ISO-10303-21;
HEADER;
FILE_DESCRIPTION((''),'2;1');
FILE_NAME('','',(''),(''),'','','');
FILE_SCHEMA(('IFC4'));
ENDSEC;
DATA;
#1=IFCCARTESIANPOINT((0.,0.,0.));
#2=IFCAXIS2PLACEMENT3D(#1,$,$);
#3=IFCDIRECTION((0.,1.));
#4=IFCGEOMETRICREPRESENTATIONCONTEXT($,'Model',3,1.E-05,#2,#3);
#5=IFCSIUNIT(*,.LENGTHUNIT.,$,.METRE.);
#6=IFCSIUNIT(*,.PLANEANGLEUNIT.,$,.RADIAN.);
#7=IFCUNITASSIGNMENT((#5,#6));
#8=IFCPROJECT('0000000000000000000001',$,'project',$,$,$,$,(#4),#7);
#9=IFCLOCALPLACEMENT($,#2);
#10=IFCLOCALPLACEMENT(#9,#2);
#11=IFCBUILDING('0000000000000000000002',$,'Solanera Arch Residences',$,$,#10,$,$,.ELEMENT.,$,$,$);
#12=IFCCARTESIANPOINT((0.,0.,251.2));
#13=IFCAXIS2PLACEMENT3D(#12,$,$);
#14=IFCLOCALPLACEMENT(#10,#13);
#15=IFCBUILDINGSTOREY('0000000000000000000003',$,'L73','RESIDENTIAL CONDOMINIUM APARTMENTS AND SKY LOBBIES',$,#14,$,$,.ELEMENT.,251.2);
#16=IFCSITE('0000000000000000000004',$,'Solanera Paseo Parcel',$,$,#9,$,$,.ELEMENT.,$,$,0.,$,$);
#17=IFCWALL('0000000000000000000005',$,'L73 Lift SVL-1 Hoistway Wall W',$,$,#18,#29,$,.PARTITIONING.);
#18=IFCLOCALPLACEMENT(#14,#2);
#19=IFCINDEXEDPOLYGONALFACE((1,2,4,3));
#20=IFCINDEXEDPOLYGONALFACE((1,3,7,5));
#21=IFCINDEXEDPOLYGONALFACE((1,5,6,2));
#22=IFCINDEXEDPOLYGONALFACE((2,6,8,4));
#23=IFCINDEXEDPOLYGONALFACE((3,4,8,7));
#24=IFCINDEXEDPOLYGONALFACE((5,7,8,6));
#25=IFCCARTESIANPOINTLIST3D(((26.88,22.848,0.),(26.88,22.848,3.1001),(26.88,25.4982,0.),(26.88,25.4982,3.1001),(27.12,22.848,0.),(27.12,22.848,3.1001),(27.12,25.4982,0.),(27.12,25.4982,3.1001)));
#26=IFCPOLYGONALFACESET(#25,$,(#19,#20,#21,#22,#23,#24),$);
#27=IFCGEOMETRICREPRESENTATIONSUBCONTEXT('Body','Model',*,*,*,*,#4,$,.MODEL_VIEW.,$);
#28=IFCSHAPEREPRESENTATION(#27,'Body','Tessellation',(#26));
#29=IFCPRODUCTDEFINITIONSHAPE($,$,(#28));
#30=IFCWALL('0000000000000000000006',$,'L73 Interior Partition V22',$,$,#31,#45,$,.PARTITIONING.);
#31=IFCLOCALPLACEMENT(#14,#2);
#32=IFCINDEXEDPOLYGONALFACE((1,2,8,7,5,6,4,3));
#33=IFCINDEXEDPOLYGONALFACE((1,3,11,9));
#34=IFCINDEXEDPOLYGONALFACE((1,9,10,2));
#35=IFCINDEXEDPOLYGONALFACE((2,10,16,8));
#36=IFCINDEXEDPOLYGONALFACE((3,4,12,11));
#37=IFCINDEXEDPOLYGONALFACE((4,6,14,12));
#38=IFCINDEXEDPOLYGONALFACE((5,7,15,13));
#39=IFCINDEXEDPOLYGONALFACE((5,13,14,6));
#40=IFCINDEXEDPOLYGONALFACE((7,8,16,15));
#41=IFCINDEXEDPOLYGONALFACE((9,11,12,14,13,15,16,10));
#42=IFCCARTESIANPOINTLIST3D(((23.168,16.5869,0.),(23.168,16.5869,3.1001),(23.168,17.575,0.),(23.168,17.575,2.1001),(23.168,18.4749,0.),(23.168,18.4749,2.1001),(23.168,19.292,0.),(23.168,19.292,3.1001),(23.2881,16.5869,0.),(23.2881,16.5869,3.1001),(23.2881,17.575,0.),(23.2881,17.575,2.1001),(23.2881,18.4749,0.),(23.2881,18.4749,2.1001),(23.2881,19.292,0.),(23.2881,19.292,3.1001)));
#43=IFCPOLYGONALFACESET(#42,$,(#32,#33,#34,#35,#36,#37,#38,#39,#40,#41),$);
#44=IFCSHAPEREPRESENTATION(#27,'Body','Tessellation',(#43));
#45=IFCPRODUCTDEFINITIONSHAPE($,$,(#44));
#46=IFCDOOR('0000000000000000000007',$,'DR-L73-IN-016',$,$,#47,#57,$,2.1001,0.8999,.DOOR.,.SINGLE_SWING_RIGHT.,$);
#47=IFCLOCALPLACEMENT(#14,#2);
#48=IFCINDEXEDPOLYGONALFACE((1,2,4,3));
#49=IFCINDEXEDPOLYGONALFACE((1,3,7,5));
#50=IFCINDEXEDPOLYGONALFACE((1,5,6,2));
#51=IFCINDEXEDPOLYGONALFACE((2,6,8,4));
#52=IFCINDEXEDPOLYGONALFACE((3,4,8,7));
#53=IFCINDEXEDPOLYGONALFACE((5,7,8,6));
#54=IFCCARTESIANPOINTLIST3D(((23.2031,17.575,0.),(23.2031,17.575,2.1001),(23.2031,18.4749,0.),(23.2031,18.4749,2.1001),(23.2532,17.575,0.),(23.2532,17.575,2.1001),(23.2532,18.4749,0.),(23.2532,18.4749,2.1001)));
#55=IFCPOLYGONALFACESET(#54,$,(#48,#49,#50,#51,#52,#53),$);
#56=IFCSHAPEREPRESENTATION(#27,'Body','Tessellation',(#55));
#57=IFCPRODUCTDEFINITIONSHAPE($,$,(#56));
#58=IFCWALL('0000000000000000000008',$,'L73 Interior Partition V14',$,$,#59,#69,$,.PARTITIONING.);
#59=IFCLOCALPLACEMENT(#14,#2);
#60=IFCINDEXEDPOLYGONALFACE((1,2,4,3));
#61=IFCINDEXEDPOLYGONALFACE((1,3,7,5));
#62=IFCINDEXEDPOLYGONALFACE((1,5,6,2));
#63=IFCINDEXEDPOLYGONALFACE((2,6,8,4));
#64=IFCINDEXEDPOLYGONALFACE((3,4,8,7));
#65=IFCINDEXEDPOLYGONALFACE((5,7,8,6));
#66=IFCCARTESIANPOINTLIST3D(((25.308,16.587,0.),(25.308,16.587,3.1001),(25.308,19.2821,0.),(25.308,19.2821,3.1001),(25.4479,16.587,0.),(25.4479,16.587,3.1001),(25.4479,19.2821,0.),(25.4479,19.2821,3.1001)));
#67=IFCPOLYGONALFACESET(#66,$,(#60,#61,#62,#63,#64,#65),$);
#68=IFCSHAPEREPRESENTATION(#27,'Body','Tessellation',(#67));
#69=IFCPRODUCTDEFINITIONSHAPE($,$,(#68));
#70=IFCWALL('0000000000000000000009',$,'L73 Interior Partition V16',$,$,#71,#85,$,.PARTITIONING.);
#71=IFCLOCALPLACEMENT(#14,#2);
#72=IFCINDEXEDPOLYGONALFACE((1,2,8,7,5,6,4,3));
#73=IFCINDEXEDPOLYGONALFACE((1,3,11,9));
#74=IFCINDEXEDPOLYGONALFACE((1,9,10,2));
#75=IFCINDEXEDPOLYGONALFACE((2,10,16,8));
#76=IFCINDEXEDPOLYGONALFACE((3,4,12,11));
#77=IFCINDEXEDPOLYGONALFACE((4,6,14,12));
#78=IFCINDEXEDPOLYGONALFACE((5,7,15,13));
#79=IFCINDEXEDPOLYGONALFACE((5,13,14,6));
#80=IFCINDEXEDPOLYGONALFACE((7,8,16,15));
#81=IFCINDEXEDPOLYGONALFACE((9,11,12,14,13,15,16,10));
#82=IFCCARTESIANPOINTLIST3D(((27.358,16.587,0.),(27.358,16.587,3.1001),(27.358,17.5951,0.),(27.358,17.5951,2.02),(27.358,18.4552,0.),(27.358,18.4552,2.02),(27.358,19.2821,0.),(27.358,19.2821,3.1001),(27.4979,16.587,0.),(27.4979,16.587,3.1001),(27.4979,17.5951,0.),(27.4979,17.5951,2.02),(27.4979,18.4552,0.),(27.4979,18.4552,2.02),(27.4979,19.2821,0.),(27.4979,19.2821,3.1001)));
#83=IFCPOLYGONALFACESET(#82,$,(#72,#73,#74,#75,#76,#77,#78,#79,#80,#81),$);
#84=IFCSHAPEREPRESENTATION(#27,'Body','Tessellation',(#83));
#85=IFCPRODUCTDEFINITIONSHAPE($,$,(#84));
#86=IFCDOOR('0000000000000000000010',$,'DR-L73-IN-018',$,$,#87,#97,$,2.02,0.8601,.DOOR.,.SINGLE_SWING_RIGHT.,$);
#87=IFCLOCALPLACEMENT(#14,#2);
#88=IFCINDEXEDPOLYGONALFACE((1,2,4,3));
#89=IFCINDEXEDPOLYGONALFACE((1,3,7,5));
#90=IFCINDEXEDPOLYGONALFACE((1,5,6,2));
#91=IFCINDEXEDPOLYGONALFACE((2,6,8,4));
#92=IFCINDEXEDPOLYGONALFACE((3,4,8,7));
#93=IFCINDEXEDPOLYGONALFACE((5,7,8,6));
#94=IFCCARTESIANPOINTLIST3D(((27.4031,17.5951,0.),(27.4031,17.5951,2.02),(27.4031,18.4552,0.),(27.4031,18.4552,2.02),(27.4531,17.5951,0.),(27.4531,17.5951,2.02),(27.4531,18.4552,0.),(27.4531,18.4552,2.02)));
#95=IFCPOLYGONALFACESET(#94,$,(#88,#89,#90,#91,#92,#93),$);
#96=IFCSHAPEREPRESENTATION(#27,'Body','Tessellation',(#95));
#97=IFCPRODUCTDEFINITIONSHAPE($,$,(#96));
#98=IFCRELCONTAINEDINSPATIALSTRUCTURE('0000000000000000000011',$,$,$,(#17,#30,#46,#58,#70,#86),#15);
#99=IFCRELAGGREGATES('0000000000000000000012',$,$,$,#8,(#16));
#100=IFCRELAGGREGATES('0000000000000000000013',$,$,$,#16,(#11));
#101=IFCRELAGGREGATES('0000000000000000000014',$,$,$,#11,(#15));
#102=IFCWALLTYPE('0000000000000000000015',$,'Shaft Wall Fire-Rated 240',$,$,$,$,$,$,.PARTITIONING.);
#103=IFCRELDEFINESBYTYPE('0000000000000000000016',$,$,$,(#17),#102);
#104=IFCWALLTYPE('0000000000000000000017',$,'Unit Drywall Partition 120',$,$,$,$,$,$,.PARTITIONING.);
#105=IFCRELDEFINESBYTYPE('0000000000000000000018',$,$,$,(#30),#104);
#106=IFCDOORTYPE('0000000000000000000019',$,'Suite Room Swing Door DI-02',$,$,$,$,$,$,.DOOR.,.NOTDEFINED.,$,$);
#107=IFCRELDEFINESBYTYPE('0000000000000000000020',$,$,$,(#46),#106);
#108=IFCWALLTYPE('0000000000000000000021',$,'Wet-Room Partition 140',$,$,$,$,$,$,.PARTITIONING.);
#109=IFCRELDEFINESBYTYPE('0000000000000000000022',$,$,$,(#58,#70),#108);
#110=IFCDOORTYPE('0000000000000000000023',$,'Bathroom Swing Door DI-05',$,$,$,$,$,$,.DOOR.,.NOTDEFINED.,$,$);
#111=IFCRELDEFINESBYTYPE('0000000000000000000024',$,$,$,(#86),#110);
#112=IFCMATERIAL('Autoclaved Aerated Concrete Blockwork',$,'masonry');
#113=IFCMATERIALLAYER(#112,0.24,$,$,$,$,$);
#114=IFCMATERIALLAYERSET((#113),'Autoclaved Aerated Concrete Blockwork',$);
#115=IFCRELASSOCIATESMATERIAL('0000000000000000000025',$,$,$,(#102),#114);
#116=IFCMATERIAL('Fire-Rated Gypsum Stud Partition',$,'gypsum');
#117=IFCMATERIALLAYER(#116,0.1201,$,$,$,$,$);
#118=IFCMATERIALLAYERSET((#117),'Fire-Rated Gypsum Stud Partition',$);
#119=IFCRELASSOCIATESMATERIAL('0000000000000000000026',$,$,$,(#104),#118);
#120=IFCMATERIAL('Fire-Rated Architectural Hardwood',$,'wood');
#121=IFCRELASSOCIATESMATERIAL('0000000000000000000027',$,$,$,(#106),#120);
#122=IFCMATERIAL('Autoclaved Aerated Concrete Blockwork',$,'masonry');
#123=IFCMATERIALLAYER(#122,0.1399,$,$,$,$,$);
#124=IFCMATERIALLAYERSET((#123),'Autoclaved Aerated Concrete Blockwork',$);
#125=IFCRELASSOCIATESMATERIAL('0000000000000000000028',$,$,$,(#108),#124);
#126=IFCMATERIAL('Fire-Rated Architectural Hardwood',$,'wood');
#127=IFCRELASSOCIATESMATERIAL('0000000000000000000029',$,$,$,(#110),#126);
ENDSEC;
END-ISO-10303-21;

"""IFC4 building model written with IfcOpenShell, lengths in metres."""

from ifc_helpers import new_model, si_unit, direction, frame, frame_2d, origin, place, context, subcontext, project, spatial, rectangle, extrude, material, layer, layer_set, type_object, element, fill, save


model = new_model("IFC4")

# Units and contexts
model_context = context("Model", 3, precision=1e-05, world=origin(), true_north=direction((0.0, 1.0)))
body_context = subcontext(model_context, "Body", "Model", "MODEL_VIEW")
ifc_project = project(units=[si_unit("LENGTHUNIT", "METRE"), si_unit("PLANEANGLEUNIT", "RADIAN")], contexts=[model_context])

# Site, building, storey
site_placement = place(None, origin())
site = spatial("IfcSite", under=ifc_project, at=site_placement, Name="Solanera Paseo Parcel", CompositionType="ELEMENT", RefElevation=0.0)
building_placement = place(site_placement, origin())
building = spatial("IfcBuilding", under=site, at=building_placement, Name="Solanera Arch Residences", CompositionType="ELEMENT")
storey_placement = place(building_placement, frame((0.0, 0.0, 251.2)))
storey = spatial("IfcBuildingStorey", under=building, at=storey_placement, Name="L73", Description="RESIDENTIAL CONDOMINIUM APARTMENTS AND SKY LOBBIES", CompositionType="ELEMENT", Elevation=251.2)

# Wall
ifc_material_1 = material(Name="Autoclaved Aerated Concrete Blockwork", Category="masonry")
ifc_layer_1 = layer(ifc_material_1, 0.24)
ifc_layer_set_1 = layer_set([ifc_layer_1], Name="Autoclaved Aerated Concrete Blockwork")
wall_type_1 = type_object("IfcWallType", Name="Shaft Wall Fire-Rated 240", PredefinedType="PARTITIONING", material=ifc_layer_set_1)
wall_1_placement = place(storey_placement, frame((27.0, 22.8479, 0.0), z_axis=(0.0, 0.0, 1.0), x_axis=(0.0, 1.0, 0.0)))
element("IfcWall", 1, at=wall_1_placement, inside=storey, type_object=wall_type_1, Name="L73 Lift SVL-1 Hoistway Wall W", PredefinedType="PARTITIONING", context=body_context, shape_type="SweptSolid", body=[
    extrude(rectangle(XDim=2.6501, YDim=0.24, at=frame_2d((1.3252, 0.0))), origin(), (0.0, 0.0, 1.0), 3.1001),
])

# Wall, opening, door
ifc_material_2 = material(Name="Fire-Rated Gypsum Stud Partition", Category="gypsum")
ifc_layer_2 = layer(ifc_material_2, 0.1201)
ifc_layer_set_2 = layer_set([ifc_layer_2], Name="Fire-Rated Gypsum Stud Partition")
wall_type_2 = type_object("IfcWallType", Name="Unit Drywall Partition 120", PredefinedType="PARTITIONING", material=ifc_layer_set_2)
wall_2_placement = place(storey_placement, frame((23.228, 16.5869, 0.0), z_axis=(0.0, 0.0, 1.0), x_axis=(0.0, 1.0, 0.0)))
wall_2 = element("IfcWall", 2, at=wall_2_placement, inside=storey, type_object=wall_type_2, Name="L73 Interior Partition V22", PredefinedType="PARTITIONING", context=body_context, shape_type="SweptSolid", body=[
    extrude(rectangle(XDim=2.7051, YDim=0.1201, at=frame_2d((1.3525, 0.0))), origin(), (0.0, 0.0, 1.0), 3.1001),
])
opening_1_placement = place(wall_2_placement, frame((0.988, 0.0, 0.0)))
opening_1 = element("IfcOpeningElement", 3, at=opening_1_placement, cuts=wall_2, PredefinedType="OPENING", context=body_context, shape_type="SweptSolid", body=[
    extrude(rectangle(XDim=0.8999, YDim=2.1001, at=frame_2d((0.45, 1.05))), frame((0.0, 0.0701, 0.0), z_axis=(0.0, -1.0, 0.0), x_axis=(1.0, 0.0, 0.0)), (0.0, 0.0, 1.0), 0.1401),
])
ifc_material_3 = material(Name="Fire-Rated Architectural Hardwood", Category="wood")
door_type_1 = type_object("IfcDoorType", Name="Suite Room Swing Door DI-02", OperationType="NOTDEFINED", PredefinedType="DOOR", material=ifc_material_3)
door_1_placement = place(opening_1_placement, origin())
door_1 = element("IfcDoor", 4, at=door_1_placement, inside=storey, type_object=door_type_1, Name="DR-L73-IN-016", OperationType="SINGLE_SWING_RIGHT", OverallHeight=2.1001, OverallWidth=0.8999, PredefinedType="DOOR", context=body_context, shape_type="SweptSolid", body=[
    extrude(rectangle(XDim=0.8999, YDim=2.1001, at=frame_2d((0.45, 1.05))), frame((0.0, 0.0249, 0.0), z_axis=(0.0, -1.0, 0.0), x_axis=(1.0, 0.0, 0.0)), (0.0, 0.0, 1.0), 0.05),
])
fill(opening_1, door_1)

# Wall
ifc_material_4 = material(Name="Autoclaved Aerated Concrete Blockwork", Category="masonry")
ifc_layer_3 = layer(ifc_material_4, 0.1399)
ifc_layer_set_3 = layer_set([ifc_layer_3], Name="Autoclaved Aerated Concrete Blockwork")
wall_type_3 = type_object("IfcWallType", Name="Wet-Room Partition 140", PredefinedType="PARTITIONING", material=ifc_layer_set_3)
wall_3_placement = place(storey_placement, frame((25.3779, 16.5869, 0.0), z_axis=(0.0, 0.0, 1.0), x_axis=(0.0, 1.0, 0.0)))
element("IfcWall", 5, at=wall_3_placement, inside=storey, type_object=wall_type_3, Name="L73 Interior Partition V14", PredefinedType="PARTITIONING", context=body_context, shape_type="SweptSolid", body=[
    extrude(rectangle(XDim=2.6951, YDim=0.1399, at=frame_2d((1.3477, 0.0))), origin(), (0.0, 0.0, 1.0), 3.1001),
])

# Wall, opening, door
wall_4_placement = place(storey_placement, frame((27.428, 16.5869, 0.0), z_axis=(0.0, 0.0, 1.0), x_axis=(0.0, 1.0, 0.0)))
wall_4 = element("IfcWall", 6, at=wall_4_placement, inside=storey, type_object=wall_type_3, Name="L73 Interior Partition V16", PredefinedType="PARTITIONING", context=body_context, shape_type="SweptSolid", body=[
    extrude(rectangle(XDim=2.6951, YDim=0.1399, at=frame_2d((1.3477, 0.0))), origin(), (0.0, 0.0, 1.0), 3.1001),
])
opening_2_placement = place(wall_4_placement, frame((1.0081, 0.0, 0.0)))
opening_2 = element("IfcOpeningElement", 7, at=opening_2_placement, cuts=wall_4, PredefinedType="OPENING", context=body_context, shape_type="SweptSolid", body=[
    extrude(rectangle(XDim=0.8601, YDim=2.02, at=frame_2d((0.4302, 1.01))), frame((0.0, 0.0798, 0.0), z_axis=(0.0, -1.0, 0.0), x_axis=(1.0, 0.0, 0.0)), (0.0, 0.0, 1.0), 0.1599),
])
ifc_material_5 = material(Name="Fire-Rated Architectural Hardwood", Category="wood")
door_type_2 = type_object("IfcDoorType", Name="Bathroom Swing Door DI-05", OperationType="NOTDEFINED", PredefinedType="DOOR", material=ifc_material_5)
door_2_placement = place(opening_2_placement, origin())
door_2 = element("IfcDoor", 8, at=door_2_placement, inside=storey, type_object=door_type_2, Name="DR-L73-IN-018", OperationType="SINGLE_SWING_RIGHT", OverallHeight=2.02, OverallWidth=0.8601, PredefinedType="DOOR", context=body_context, shape_type="SweptSolid", body=[
    extrude(rectangle(XDim=0.8601, YDim=2.02, at=frame_2d((0.4302, 1.01))), frame((0.0, 0.0249, 0.0), z_axis=(0.0, -1.0, 0.0), x_axis=(1.0, 0.0, 0.0)), (0.0, 0.0, 1.0), 0.05),
])
fill(opening_2, door_2)

save(model, "model.ifc")
